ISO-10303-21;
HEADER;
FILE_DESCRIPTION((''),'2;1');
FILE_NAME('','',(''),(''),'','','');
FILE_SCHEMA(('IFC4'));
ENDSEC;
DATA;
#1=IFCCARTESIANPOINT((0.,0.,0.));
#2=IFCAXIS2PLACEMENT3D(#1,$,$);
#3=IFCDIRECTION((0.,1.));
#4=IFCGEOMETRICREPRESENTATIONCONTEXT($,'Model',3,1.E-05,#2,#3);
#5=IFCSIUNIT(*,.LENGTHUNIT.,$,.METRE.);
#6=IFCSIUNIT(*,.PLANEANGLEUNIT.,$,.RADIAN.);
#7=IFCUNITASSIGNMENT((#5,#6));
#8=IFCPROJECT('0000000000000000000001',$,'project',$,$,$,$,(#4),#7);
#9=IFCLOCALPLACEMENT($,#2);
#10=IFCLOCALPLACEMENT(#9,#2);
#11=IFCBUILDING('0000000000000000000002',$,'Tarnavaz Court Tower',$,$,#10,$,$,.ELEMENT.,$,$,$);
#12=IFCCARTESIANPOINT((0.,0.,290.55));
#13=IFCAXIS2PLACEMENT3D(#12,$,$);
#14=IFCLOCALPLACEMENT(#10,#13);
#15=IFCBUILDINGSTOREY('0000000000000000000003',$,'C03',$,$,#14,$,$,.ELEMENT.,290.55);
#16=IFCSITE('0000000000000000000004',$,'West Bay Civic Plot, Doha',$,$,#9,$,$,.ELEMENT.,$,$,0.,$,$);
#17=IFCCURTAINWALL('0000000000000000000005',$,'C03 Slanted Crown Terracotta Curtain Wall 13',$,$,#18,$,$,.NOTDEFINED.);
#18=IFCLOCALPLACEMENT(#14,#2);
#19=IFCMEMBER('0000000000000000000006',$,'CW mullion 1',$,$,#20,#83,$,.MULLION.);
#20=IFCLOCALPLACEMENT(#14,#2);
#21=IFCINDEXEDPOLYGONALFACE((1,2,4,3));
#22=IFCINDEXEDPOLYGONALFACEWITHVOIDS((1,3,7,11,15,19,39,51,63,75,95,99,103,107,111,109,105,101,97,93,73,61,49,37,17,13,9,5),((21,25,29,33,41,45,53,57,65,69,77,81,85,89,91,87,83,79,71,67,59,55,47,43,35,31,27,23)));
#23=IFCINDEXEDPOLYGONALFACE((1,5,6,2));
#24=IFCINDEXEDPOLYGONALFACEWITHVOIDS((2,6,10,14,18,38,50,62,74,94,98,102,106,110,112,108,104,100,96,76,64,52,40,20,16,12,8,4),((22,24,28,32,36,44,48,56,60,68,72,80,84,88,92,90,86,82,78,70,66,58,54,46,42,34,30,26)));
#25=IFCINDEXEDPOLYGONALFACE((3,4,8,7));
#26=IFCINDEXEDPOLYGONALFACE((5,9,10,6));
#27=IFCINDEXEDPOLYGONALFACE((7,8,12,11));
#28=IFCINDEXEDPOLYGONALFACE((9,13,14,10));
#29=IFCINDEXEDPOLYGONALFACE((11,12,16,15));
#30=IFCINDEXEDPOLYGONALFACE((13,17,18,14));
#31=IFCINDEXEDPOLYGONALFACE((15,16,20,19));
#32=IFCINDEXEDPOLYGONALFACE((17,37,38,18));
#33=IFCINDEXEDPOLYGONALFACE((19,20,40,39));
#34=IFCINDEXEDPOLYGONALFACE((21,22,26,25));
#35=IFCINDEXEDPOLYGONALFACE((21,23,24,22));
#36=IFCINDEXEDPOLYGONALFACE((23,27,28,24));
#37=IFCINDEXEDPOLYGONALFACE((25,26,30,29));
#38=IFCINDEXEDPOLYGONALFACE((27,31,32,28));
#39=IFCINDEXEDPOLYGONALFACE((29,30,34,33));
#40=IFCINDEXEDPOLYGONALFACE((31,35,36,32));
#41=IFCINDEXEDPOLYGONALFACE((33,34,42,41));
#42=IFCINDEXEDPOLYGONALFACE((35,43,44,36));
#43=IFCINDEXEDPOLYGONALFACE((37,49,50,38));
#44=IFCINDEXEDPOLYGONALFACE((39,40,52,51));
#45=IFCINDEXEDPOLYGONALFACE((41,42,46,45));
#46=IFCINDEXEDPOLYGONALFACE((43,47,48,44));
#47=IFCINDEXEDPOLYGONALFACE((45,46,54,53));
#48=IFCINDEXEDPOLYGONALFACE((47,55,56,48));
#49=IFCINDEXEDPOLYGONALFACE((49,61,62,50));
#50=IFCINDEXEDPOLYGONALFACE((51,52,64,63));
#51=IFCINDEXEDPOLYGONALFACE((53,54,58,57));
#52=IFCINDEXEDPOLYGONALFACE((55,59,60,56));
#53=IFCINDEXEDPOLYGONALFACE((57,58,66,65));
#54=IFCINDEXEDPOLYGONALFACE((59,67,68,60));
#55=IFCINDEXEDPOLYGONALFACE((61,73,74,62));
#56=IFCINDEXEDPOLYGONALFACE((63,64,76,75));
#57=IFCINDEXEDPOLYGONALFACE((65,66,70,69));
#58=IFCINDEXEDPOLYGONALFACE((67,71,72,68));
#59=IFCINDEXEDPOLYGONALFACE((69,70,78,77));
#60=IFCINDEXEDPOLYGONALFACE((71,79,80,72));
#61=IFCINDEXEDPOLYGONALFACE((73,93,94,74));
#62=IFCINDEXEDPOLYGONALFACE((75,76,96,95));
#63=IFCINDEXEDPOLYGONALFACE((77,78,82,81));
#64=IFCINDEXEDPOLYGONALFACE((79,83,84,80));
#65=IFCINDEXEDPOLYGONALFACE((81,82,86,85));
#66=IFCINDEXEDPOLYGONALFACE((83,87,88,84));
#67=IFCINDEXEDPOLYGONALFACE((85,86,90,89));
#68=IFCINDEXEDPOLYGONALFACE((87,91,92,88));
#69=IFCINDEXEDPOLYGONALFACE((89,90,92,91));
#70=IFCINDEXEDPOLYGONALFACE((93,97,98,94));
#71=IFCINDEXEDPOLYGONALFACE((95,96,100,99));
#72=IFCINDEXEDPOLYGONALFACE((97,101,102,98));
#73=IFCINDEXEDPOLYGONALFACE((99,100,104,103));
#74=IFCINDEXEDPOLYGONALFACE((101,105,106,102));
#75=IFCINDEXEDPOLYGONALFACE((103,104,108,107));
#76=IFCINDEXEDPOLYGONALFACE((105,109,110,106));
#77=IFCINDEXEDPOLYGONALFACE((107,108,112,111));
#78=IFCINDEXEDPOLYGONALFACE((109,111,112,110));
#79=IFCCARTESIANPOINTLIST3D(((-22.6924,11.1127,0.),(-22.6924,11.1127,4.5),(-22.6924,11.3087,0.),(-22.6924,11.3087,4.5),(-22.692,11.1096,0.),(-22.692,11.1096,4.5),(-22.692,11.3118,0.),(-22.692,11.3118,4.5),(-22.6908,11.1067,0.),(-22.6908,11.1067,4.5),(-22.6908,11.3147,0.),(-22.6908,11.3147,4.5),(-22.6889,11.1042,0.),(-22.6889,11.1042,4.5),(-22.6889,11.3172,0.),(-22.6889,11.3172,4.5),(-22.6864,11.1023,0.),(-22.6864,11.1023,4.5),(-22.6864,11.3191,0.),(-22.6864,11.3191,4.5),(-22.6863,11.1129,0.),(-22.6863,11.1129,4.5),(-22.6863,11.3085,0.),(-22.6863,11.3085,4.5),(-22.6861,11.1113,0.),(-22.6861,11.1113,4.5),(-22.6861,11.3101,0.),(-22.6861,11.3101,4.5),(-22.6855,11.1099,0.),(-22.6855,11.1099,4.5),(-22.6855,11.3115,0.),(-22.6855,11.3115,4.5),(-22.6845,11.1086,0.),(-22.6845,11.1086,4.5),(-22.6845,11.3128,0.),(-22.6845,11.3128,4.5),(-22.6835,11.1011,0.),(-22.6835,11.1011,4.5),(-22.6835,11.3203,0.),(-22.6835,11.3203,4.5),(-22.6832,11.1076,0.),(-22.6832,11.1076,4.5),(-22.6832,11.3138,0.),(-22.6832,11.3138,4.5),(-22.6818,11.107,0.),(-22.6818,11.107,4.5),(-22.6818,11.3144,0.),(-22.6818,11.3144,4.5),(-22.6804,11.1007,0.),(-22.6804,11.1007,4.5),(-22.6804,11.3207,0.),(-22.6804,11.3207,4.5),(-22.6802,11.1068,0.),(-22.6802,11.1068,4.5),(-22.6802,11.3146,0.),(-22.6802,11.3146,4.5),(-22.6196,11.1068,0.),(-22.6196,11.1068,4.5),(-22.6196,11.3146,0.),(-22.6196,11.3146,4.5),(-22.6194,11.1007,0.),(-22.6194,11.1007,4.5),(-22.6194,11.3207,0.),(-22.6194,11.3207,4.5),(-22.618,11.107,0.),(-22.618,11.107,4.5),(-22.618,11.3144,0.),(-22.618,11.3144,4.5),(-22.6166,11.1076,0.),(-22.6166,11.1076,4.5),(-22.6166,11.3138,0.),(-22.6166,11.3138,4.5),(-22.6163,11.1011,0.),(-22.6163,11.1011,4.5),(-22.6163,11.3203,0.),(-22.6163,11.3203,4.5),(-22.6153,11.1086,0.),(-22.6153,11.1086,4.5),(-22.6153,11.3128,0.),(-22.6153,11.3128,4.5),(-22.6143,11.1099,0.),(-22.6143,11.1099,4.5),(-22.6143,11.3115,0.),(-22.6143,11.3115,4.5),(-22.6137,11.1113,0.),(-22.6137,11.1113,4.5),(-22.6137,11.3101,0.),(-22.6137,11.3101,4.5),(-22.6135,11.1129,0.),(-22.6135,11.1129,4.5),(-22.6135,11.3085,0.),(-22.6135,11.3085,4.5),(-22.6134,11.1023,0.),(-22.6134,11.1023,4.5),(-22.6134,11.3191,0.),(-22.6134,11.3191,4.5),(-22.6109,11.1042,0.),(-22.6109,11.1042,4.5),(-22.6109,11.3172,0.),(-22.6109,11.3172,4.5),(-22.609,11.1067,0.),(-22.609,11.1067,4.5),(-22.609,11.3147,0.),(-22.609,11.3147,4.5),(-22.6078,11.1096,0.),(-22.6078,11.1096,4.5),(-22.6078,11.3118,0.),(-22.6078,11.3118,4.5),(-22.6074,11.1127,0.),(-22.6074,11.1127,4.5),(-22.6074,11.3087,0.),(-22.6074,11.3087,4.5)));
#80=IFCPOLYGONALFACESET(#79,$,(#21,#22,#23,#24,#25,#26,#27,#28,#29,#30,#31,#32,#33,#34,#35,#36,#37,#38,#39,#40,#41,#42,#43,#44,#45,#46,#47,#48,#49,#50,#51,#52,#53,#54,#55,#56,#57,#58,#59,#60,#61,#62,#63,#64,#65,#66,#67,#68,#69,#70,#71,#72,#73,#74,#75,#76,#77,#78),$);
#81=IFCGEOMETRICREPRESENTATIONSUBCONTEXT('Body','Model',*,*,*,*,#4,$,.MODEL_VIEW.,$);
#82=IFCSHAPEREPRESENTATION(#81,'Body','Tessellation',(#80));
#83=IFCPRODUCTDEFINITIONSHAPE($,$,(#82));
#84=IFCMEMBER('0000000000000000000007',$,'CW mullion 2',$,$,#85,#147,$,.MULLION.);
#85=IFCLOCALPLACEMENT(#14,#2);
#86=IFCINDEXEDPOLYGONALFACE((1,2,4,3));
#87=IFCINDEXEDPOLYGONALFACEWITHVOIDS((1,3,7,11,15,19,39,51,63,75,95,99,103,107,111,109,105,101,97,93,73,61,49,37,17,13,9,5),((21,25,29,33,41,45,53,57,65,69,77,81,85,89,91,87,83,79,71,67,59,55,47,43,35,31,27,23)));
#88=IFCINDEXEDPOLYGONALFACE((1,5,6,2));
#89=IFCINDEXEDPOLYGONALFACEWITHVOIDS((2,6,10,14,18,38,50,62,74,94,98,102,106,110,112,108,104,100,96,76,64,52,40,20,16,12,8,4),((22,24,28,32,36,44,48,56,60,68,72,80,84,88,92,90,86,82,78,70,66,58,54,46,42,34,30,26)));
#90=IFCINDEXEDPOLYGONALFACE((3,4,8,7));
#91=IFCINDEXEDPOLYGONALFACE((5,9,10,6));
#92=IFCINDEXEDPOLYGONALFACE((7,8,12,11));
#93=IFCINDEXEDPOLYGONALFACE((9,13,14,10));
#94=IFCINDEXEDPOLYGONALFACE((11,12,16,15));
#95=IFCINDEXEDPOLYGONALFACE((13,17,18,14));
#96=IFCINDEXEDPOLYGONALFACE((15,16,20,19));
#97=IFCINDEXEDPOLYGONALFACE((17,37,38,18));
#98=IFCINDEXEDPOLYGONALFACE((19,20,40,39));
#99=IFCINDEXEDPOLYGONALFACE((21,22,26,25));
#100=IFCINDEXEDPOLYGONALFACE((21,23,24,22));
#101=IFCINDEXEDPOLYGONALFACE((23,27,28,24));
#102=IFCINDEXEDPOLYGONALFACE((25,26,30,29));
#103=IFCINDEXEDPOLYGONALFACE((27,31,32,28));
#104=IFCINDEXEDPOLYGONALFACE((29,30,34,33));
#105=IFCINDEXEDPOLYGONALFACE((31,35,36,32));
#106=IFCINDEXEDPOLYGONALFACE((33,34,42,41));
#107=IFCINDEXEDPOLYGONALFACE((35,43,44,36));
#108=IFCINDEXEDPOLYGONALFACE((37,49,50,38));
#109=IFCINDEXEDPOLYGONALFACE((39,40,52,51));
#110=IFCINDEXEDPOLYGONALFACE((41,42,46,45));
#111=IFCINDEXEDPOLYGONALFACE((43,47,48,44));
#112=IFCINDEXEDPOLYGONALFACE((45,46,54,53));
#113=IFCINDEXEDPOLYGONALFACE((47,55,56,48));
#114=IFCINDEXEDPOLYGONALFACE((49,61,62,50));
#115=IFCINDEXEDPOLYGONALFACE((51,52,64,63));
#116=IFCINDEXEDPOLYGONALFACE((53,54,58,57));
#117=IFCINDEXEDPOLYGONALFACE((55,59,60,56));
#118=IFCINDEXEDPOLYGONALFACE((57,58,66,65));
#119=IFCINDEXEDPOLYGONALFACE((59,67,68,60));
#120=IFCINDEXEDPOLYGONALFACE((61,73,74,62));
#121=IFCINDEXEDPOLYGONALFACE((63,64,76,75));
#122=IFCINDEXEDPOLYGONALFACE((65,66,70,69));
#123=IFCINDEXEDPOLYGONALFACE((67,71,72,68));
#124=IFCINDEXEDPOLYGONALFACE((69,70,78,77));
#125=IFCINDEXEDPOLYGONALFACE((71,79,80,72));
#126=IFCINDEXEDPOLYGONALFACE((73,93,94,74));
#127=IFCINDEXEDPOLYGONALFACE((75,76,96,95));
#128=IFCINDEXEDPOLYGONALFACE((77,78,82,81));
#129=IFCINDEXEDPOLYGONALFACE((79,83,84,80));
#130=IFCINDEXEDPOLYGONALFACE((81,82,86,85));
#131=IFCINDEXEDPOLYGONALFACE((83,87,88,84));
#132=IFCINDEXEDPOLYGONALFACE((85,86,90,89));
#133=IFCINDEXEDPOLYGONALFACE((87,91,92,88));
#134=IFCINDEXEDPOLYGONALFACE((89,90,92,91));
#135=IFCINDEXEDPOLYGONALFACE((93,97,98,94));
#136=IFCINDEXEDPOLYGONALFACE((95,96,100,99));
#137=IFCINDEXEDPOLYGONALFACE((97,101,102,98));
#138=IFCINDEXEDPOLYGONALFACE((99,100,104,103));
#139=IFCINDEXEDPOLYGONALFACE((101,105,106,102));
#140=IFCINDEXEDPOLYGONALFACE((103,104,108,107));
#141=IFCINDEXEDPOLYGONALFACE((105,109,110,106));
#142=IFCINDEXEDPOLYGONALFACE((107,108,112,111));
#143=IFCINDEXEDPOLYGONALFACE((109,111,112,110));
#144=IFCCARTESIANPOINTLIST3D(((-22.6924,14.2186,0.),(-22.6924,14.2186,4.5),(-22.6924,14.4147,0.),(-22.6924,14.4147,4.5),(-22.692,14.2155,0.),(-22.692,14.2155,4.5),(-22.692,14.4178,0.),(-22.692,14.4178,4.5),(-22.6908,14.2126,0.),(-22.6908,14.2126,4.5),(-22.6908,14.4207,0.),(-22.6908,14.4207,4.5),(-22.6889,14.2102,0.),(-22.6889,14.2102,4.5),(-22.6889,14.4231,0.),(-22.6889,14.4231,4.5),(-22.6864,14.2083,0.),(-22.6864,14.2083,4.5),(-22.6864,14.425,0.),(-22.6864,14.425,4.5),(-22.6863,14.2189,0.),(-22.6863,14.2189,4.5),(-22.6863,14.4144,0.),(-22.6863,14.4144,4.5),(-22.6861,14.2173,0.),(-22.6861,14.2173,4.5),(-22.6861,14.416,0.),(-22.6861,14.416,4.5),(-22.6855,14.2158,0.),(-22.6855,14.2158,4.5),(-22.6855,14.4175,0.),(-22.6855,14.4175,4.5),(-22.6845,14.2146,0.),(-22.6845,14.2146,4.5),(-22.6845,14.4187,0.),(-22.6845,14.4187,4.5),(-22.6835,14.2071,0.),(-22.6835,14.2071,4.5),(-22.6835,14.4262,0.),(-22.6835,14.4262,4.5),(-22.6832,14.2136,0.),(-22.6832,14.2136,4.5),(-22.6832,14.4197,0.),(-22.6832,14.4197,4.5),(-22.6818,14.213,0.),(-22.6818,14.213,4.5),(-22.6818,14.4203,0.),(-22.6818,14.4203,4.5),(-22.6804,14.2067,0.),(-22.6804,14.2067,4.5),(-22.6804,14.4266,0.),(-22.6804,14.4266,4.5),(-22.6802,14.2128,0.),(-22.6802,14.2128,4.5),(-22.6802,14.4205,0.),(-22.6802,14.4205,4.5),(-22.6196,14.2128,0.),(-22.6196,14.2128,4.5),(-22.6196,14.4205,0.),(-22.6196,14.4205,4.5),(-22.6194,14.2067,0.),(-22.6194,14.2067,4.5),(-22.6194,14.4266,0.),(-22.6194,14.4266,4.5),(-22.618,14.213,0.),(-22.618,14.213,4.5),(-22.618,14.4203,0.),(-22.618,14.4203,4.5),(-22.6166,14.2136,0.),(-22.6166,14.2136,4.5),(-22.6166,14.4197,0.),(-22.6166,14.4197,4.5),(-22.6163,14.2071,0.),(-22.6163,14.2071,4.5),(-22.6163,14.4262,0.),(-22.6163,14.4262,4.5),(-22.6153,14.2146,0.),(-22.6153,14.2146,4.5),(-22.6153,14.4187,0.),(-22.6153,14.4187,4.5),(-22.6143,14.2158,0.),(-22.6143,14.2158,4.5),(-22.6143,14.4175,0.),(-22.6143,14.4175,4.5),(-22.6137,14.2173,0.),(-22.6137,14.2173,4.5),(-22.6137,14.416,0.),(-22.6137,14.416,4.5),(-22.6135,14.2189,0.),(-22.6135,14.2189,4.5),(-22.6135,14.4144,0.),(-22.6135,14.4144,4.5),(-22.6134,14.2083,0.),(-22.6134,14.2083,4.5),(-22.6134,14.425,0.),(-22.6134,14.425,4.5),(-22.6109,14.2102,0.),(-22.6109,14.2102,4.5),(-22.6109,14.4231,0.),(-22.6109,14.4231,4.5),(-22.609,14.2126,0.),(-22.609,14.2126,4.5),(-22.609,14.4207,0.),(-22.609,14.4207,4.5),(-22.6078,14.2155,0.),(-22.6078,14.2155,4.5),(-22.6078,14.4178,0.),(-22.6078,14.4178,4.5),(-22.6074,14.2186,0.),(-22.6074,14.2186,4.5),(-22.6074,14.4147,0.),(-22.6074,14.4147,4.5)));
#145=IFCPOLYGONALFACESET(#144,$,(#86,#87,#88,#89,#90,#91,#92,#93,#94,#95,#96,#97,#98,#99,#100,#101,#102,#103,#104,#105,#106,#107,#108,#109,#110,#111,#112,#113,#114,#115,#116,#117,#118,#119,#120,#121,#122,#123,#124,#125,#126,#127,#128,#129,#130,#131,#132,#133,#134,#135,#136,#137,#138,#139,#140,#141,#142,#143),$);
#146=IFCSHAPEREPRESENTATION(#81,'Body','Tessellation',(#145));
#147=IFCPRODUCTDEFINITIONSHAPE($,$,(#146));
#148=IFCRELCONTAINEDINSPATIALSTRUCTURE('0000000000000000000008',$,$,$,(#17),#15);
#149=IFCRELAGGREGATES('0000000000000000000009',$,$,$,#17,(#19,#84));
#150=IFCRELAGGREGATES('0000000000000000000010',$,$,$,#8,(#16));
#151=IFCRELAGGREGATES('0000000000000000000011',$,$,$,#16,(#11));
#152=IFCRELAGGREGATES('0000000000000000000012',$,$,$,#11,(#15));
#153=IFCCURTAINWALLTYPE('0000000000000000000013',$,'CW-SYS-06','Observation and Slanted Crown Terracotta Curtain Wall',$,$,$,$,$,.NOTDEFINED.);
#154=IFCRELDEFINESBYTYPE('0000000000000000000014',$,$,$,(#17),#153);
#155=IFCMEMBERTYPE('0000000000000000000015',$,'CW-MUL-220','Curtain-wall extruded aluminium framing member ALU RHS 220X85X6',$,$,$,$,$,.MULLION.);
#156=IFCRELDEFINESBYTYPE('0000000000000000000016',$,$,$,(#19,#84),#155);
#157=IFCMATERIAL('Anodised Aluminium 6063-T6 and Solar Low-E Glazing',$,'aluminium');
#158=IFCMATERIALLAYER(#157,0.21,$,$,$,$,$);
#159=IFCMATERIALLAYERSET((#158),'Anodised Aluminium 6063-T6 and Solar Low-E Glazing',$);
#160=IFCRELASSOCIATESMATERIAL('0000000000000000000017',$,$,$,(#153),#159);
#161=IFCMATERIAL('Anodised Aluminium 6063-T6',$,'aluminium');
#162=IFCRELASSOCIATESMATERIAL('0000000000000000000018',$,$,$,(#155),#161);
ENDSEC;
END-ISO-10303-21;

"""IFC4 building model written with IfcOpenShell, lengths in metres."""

from ifc_helpers import new_model, si_unit, direction, frame, origin, origin_2d, place, context, subcontext, project, spatial, hollow_rectangle, extrude, material, layer, layer_set, material_profile, profile_set, type_object, element, aggregate, save


model = new_model("IFC4")

# Units and contexts
model_context = context("Model", 3, precision=1e-05, world=origin(), true_north=direction((0.0, 1.0)))
body_context = subcontext(model_context, "Body", "Model", "MODEL_VIEW")
ifc_project = project(units=[si_unit("LENGTHUNIT", "METRE"), si_unit("PLANEANGLEUNIT", "RADIAN")], contexts=[model_context])

# Site, building, storey
site_placement = place(None, origin())
site = spatial("IfcSite", under=ifc_project, at=site_placement, Name="West Bay Civic Plot, Doha", CompositionType="ELEMENT", RefElevation=0.0)
building_placement = place(site_placement, origin())
building = spatial("IfcBuilding", under=site, at=building_placement, Name="Tarnavaz Court Tower", CompositionType="ELEMENT")
storey_placement = place(building_placement, frame((0.0, 0.0, 290.55)))
storey = spatial("IfcBuildingStorey", under=building, at=storey_placement, Name="C03", CompositionType="ELEMENT", Elevation=290.55)

# Shared definitions
ifc_material_1 = material(Name="Anodised Aluminium 6063-T6 and Solar Low-E Glazing", Category="aluminium")
ifc_layer_1 = layer(ifc_material_1, 0.21)
ifc_layer_set_1 = layer_set([ifc_layer_1], Name="Anodised Aluminium 6063-T6 and Solar Low-E Glazing")
curtain_wall_type = type_object("IfcCurtainWallType", Name="CW-SYS-06", Description="Observation and Slanted Crown Terracotta Curtain Wall", PredefinedType="NOTDEFINED", material=ifc_layer_set_1)
ifc_material_2 = material(Name="Anodised Aluminium 6063-T6", Category="aluminium")
ifc_material_profile_1 = material_profile(ifc_material_2, hollow_rectangle(XDim=0.085, YDim=0.22, WallThickness=0.0061, InnerFilletRadius=0.0061, OuterFilletRadius=0.012, at=origin_2d()), Name="ALU RHS 220X85X6")
ifc_profile_set_1 = profile_set([ifc_material_profile_1], Name="Anodised Aluminium 6063-T6")
member_type_1 = type_object("IfcMemberType", Name="CW-MUL-220", Description="Curtain-wall extruded aluminium framing member ALU RHS 220X85X6", PredefinedType="MULLION", material=ifc_profile_set_1)

# Curtain wall, members
curtain_wall_1_placement = place(storey_placement, origin())
curtain_wall_1 = element("IfcCurtainWall", 1, at=curtain_wall_1_placement, inside=storey, type_object=curtain_wall_type, Name="C03 Slanted Crown Terracotta Curtain Wall 13", PredefinedType="NOTDEFINED")
member_1_placement = place(storey_placement, frame((-22.6499, 11.2107, 0.0), z_axis=(0.0, 0.0, 1.0), x_axis=(-1.0, 0.0, 0.0)))
member_1 = element("IfcMember", 2, at=member_1_placement, type_object=member_type_1, Name="CW mullion 1", PredefinedType="MULLION", context=body_context, shape_type="SweptSolid", body=[
    extrude(hollow_rectangle(XDim=0.085, YDim=0.22, WallThickness=0.0061, InnerFilletRadius=0.0061, OuterFilletRadius=0.012, at=origin_2d()), origin(), (0.0, 0.0, 1.0), 4.5),
])
member_2_placement = place(storey_placement, frame((-22.6499, 14.3167, 0.0), z_axis=(0.0, 0.0, 1.0), x_axis=(-1.0, 0.0, 0.0)))
member_2 = element("IfcMember", 3, at=member_2_placement, type_object=member_type_1, Name="CW mullion 2", PredefinedType="MULLION", context=body_context, shape_type="SweptSolid", body=[
    extrude(hollow_rectangle(XDim=0.085, YDim=0.22, WallThickness=0.0061, InnerFilletRadius=0.0061, OuterFilletRadius=0.012, at=origin_2d()), origin(), (0.0, 0.0, 1.0), 4.5),
])

aggregate(curtain_wall_1, [member_1, member_2])

save(model, "model.ifc")
